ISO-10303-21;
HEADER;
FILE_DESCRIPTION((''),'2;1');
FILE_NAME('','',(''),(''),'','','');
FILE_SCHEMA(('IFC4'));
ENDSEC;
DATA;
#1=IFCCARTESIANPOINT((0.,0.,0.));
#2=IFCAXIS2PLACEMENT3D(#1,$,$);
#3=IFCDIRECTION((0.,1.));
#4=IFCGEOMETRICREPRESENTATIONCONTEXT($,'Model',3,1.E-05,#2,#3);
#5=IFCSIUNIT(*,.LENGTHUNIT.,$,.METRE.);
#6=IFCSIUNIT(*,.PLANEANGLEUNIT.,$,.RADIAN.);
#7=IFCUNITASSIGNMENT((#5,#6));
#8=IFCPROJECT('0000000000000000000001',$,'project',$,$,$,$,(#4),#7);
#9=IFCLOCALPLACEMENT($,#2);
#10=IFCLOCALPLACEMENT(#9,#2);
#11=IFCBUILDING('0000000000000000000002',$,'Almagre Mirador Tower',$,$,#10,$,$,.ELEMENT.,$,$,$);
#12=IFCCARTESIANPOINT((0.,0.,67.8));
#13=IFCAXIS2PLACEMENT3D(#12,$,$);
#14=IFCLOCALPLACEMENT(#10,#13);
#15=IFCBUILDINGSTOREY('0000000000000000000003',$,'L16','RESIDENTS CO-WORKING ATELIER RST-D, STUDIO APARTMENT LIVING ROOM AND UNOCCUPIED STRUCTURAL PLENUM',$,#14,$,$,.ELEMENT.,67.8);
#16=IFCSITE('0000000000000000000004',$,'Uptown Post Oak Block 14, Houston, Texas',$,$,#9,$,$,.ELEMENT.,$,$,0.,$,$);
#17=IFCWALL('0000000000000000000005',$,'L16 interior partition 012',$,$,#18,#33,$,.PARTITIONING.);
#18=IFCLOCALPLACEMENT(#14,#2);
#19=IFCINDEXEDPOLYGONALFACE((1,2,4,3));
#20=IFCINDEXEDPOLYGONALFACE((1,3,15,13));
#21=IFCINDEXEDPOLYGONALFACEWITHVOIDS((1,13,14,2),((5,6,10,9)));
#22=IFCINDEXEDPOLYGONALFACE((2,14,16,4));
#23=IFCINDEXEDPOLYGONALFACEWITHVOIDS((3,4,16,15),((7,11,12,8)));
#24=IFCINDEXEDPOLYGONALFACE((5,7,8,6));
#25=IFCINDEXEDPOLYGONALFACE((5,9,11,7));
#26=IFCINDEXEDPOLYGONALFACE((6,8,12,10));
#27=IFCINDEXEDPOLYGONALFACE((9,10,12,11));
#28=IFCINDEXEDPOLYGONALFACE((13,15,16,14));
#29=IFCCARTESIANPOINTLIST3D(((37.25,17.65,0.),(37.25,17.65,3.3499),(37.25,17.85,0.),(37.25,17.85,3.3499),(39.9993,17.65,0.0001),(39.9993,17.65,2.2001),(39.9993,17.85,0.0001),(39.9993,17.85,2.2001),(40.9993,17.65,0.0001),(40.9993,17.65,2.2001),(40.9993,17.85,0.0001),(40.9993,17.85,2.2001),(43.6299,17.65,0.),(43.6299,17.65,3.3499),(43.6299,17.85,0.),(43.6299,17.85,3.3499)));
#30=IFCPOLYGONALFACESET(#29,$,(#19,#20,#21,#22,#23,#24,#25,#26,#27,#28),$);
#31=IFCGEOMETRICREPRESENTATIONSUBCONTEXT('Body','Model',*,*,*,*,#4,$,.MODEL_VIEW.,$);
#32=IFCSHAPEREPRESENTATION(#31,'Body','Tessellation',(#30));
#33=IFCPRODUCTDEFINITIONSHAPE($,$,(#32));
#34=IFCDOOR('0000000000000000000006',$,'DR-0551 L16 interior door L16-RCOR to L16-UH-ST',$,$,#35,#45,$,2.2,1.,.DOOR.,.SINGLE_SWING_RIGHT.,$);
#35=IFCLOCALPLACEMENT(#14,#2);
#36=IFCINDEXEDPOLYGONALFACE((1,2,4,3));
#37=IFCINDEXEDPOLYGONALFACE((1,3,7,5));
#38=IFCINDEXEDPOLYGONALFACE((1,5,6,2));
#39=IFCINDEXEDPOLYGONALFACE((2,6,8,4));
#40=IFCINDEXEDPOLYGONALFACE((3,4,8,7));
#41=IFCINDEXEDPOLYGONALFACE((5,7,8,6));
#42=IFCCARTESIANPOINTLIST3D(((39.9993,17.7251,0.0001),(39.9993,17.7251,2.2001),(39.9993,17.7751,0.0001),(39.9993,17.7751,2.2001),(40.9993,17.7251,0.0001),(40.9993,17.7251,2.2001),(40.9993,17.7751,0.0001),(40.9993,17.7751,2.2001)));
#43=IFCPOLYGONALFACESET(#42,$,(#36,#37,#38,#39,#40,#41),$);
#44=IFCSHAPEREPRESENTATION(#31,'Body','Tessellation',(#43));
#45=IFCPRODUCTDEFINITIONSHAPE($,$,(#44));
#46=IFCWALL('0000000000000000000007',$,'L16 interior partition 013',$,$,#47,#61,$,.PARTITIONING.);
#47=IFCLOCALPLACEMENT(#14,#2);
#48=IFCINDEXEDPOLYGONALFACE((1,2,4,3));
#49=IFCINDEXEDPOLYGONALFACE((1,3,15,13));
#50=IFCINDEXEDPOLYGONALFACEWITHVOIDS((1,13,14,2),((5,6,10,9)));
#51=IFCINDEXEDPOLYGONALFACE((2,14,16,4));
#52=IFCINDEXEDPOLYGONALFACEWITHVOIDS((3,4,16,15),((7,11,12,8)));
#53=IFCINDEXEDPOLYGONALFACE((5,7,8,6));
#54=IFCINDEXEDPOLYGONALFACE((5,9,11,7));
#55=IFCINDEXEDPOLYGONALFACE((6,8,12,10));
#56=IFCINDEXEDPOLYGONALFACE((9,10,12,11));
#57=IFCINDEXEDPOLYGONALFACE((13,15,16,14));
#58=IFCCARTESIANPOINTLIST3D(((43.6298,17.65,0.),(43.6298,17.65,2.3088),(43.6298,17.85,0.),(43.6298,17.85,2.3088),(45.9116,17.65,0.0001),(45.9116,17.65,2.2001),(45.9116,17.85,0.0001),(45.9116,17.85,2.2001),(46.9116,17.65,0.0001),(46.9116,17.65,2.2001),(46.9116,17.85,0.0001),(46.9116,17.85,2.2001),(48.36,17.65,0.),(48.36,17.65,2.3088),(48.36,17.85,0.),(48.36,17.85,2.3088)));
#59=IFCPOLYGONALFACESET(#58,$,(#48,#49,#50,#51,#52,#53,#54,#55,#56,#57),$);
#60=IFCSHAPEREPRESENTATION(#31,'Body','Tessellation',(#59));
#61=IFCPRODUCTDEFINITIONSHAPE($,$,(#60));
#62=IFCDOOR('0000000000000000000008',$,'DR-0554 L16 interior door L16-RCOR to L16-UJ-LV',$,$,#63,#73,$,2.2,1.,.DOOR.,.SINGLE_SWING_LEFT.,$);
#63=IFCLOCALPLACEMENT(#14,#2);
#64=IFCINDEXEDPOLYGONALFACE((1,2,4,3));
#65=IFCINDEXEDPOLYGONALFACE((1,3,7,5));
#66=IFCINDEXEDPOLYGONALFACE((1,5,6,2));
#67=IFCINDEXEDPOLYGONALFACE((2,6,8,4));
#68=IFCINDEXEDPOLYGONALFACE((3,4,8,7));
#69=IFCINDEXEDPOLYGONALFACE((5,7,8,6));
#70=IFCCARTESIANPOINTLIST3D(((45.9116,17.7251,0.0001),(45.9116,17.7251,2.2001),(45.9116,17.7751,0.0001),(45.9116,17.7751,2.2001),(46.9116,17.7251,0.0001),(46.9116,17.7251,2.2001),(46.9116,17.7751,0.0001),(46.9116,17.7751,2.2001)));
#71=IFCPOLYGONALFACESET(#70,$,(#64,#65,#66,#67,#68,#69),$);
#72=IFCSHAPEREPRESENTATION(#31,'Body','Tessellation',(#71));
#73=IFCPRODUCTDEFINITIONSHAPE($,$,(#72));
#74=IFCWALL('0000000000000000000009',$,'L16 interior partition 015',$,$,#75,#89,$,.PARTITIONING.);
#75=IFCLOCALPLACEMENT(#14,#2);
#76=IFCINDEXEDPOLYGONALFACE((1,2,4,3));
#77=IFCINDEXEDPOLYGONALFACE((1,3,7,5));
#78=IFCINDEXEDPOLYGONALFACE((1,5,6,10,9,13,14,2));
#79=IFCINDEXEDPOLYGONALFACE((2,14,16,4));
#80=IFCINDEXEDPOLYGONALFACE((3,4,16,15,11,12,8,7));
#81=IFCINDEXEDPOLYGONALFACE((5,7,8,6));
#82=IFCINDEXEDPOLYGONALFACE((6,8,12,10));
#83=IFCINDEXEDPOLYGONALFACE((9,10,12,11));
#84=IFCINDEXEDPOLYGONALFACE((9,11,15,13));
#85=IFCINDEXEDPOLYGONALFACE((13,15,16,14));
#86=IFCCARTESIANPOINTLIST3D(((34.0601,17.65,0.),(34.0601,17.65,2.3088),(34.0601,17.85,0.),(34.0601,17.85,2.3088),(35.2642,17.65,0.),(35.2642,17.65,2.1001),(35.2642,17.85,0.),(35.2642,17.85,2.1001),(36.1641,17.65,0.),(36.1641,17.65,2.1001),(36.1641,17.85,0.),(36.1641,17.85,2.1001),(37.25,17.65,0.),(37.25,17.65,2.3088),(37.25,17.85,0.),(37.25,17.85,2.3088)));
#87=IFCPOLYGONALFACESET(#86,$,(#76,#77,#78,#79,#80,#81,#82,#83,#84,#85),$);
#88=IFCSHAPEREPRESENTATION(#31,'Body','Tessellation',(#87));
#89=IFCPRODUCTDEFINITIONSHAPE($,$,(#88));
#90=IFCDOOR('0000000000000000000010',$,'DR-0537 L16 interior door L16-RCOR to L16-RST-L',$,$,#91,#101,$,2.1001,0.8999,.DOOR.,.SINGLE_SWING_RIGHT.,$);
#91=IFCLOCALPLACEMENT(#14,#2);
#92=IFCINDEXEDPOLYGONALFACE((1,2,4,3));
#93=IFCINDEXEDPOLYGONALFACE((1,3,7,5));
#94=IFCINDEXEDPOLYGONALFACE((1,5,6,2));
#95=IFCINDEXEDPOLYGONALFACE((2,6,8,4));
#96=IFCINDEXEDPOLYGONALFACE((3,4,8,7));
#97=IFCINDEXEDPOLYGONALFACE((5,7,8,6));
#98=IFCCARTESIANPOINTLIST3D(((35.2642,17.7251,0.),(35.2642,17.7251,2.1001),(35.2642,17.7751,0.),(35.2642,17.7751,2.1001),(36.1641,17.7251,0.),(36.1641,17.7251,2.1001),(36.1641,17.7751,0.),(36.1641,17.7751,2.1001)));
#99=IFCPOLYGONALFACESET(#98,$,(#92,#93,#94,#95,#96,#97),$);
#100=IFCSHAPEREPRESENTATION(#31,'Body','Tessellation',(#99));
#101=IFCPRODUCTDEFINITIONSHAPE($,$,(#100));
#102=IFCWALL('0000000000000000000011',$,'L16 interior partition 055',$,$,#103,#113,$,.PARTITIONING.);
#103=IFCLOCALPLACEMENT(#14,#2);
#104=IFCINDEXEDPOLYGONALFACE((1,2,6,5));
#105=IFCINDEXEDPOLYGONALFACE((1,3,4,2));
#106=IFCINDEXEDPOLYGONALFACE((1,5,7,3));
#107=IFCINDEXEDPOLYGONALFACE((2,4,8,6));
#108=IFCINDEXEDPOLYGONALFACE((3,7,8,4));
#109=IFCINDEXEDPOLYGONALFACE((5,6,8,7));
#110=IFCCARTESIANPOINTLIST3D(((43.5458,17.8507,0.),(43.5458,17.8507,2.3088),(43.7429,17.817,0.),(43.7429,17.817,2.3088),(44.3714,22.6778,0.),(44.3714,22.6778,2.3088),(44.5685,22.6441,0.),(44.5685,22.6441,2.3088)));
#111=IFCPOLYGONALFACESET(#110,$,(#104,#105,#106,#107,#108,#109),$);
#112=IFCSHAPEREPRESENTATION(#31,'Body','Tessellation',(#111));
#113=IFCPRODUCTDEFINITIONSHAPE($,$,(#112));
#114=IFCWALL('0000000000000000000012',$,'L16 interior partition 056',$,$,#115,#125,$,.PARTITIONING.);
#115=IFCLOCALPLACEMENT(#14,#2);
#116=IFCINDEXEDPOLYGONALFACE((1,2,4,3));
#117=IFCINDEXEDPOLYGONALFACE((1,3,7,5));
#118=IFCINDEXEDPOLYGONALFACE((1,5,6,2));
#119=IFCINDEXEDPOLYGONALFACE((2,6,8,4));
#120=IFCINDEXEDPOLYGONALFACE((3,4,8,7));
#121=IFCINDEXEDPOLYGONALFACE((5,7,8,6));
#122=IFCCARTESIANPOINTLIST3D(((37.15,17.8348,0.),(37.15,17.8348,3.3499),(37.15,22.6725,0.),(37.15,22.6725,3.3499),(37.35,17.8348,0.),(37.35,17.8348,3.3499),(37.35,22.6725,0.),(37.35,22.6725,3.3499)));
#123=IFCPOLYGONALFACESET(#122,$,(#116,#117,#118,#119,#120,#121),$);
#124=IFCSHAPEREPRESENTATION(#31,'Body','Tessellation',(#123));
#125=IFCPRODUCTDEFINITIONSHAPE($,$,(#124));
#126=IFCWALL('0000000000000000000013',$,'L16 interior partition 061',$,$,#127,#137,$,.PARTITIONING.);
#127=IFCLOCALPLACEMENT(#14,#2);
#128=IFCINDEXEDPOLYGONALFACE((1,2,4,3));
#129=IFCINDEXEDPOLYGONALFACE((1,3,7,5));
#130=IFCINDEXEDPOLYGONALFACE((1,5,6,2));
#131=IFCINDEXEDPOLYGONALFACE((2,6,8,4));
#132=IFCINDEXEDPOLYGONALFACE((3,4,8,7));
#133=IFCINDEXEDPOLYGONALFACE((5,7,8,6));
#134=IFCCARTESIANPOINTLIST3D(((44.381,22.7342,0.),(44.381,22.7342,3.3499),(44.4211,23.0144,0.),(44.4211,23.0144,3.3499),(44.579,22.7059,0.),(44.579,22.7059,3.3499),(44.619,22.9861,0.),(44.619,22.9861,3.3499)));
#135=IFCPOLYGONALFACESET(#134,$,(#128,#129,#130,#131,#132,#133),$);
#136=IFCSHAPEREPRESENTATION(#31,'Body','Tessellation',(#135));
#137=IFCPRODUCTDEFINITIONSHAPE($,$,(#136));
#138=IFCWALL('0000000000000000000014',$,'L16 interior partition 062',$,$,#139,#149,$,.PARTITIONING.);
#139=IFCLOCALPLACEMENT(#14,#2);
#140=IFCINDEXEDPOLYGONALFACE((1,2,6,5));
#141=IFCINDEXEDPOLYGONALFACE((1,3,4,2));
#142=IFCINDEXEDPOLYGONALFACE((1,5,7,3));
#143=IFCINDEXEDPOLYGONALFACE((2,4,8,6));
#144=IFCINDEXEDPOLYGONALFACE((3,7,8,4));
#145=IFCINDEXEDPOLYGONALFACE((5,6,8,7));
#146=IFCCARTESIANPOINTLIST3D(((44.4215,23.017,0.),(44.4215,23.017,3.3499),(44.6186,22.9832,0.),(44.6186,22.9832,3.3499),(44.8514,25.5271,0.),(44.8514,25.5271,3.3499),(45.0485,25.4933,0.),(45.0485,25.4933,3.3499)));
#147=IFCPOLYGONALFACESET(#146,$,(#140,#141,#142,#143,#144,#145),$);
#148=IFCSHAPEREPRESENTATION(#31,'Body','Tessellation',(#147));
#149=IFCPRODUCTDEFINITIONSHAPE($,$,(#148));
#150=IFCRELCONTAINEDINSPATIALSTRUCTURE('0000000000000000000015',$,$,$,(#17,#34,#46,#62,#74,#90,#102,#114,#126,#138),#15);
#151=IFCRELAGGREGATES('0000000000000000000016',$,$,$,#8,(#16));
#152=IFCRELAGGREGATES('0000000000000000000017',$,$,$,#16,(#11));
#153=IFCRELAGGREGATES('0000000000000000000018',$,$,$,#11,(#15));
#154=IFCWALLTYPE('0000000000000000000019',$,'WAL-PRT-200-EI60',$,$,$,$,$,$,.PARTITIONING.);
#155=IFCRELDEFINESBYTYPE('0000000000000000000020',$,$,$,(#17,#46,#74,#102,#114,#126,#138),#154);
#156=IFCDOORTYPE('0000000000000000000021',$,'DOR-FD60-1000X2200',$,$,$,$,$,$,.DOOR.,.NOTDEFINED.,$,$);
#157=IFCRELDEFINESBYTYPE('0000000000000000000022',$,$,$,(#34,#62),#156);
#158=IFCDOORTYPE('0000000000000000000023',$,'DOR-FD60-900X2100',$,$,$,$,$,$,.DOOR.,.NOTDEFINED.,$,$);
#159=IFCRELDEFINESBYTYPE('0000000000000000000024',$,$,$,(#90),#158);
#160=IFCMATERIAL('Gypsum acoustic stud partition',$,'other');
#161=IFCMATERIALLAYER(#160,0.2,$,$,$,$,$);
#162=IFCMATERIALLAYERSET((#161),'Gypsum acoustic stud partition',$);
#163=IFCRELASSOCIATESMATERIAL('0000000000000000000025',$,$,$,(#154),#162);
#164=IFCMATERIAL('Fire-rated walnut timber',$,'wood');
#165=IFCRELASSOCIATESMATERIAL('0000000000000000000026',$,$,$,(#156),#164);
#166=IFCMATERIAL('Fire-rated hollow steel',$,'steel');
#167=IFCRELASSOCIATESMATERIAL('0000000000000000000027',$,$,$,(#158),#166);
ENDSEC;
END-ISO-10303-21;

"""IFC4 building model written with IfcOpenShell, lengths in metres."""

from ifc_helpers import new_model, si_unit, direction, frame, frame_2d, origin, place, context, subcontext, project, spatial, rectangle, extrude, material, layer, layer_set, type_object, element, fill, save


model = new_model("IFC4")

# Units and contexts
model_context = context("Model", 3, precision=1e-05, world=origin(), true_north=direction((0.0, 1.0)))
body_context = subcontext(model_context, "Body", "Model", "MODEL_VIEW")
ifc_project = project(units=[si_unit("LENGTHUNIT", "METRE"), si_unit("PLANEANGLEUNIT", "RADIAN")], contexts=[model_context])

# Site, building, storey
site_placement = place(None, origin())
site = spatial("IfcSite", under=ifc_project, at=site_placement, Name="Uptown Post Oak Block 14, Houston, Texas", CompositionType="ELEMENT", RefElevation=0.0)
building_placement = place(site_placement, origin())
building = spatial("IfcBuilding", under=site, at=building_placement, Name="Almagre Mirador Tower", CompositionType="ELEMENT")
storey_placement = place(building_placement, frame((0.0, 0.0, 67.8)))
storey = spatial("IfcBuildingStorey", under=building, at=storey_placement, Name="L16", Description="RESIDENTS CO-WORKING ATELIER RST-D, STUDIO APARTMENT LIVING ROOM AND UNOCCUPIED STRUCTURAL PLENUM", CompositionType="ELEMENT", Elevation=67.8)

# Walls, openings, doors
ifc_material_1 = material(Name="Gypsum acoustic stud partition", Category="other")
ifc_layer_1 = layer(ifc_material_1, 0.2)
ifc_layer_set_1 = layer_set([ifc_layer_1], Name="Gypsum acoustic stud partition")
wall_type_1 = type_object("IfcWallType", Name="WAL-PRT-200-EI60", PredefinedType="PARTITIONING", material=ifc_layer_set_1)
ifc_material_2 = material(Name="Fire-rated walnut timber", Category="wood")
door_type_1 = type_object("IfcDoorType", Name="DOR-FD60-1000X2200", OperationType="NOTDEFINED", PredefinedType="DOOR", material=ifc_material_2)
wall_1_placement = place(storey_placement, frame((43.6299, 17.75, 0.0), z_axis=(0.0, 0.0, 1.0), x_axis=(-1.0, 0.0, 0.0)))
wall_1 = element("IfcWall", 1, at=wall_1_placement, inside=storey, type_object=wall_type_1, Name="L16 interior partition 012", PredefinedType="PARTITIONING", context=body_context, shape_type="SweptSolid", body=[
    extrude(rectangle(XDim=6.3799, YDim=0.2, at=frame_2d((3.1899, 0.0))), origin(), (0.0, 0.0, 1.0), 3.3499),
])
opening_1_placement = place(wall_1_placement, frame((2.6306, 0.0, 0.0)))
opening_1 = element("IfcOpeningElement", 2, at=opening_1_placement, cuts=wall_1, PredefinedType="OPENING", context=body_context, shape_type="SweptSolid", body=[
    extrude(rectangle(XDim=1.0, YDim=2.2, at=frame_2d((0.5, 1.1001))), frame((0.0, 0.1101, 0.0), z_axis=(0.0, -1.0, 0.0), x_axis=(1.0, 0.0, 0.0)), (0.0, 0.0, 1.0), 0.22),
])
door_1_placement = place(opening_1_placement, origin())
door_1 = element("IfcDoor", 3, at=door_1_placement, inside=storey, type_object=door_type_1, Name="DR-0551 L16 interior door L16-RCOR to L16-UH-ST", OperationType="SINGLE_SWING_RIGHT", OverallHeight=2.2, OverallWidth=1.0, PredefinedType="DOOR", context=body_context, shape_type="SweptSolid", body=[
    extrude(rectangle(XDim=1.0, YDim=2.2, at=frame_2d((0.5, 1.1001))), frame((0.0, 0.0249, 0.0), z_axis=(0.0, -1.0, 0.0), x_axis=(1.0, 0.0, 0.0)), (0.0, 0.0, 1.0), 0.05),
])
fill(opening_1, door_1)
wall_2_placement = place(storey_placement, frame((48.3601, 17.75, 0.0), z_axis=(0.0, 0.0, 1.0), x_axis=(-1.0, 0.0, 0.0)))
wall_2 = element("IfcWall", 4, at=wall_2_placement, inside=storey, type_object=wall_type_1, Name="L16 interior partition 013", PredefinedType="PARTITIONING", context=body_context, shape_type="SweptSolid", body=[
    extrude(rectangle(XDim=4.7302, YDim=0.2, at=frame_2d((2.3652, 0.0))), origin(), (0.0, 0.0, 1.0), 2.3088),
])
opening_2_placement = place(wall_2_placement, frame((1.4485, 0.0, 0.0)))
opening_2 = element("IfcOpeningElement", 5, at=opening_2_placement, cuts=wall_2, PredefinedType="OPENING", context=body_context, shape_type="SweptSolid", body=[
    extrude(rectangle(XDim=1.0, YDim=2.2, at=frame_2d((0.5, 1.1001))), frame((0.0, 0.1101, 0.0), z_axis=(0.0, -1.0, 0.0), x_axis=(1.0, 0.0, 0.0)), (0.0, 0.0, 1.0), 0.22),
])
door_2_placement = place(opening_2_placement, origin())
door_2 = element("IfcDoor", 6, at=door_2_placement, inside=storey, type_object=door_type_1, Name="DR-0554 L16 interior door L16-RCOR to L16-UJ-LV", OperationType="SINGLE_SWING_LEFT", OverallHeight=2.2, OverallWidth=1.0, PredefinedType="DOOR", context=body_context, shape_type="SweptSolid", body=[
    extrude(rectangle(XDim=1.0, YDim=2.2, at=frame_2d((0.5, 1.1001))), frame((0.0, 0.0249, 0.0), z_axis=(0.0, -1.0, 0.0), x_axis=(1.0, 0.0, 0.0)), (0.0, 0.0, 1.0), 0.05),
])
fill(opening_2, door_2)
wall_3_placement = place(storey_placement, frame((37.25, 17.75, 0.0), z_axis=(0.0, 0.0, 1.0), x_axis=(-1.0, 0.0, 0.0)))
wall_3 = element("IfcWall", 7, at=wall_3_placement, inside=storey, type_object=wall_type_1, Name="L16 interior partition 015", PredefinedType="PARTITIONING", context=body_context, shape_type="SweptSolid", body=[
    extrude(rectangle(XDim=3.1899, YDim=0.2, at=frame_2d((1.595, 0.0))), origin(), (0.0, 0.0, 1.0), 2.3088),
])
opening_3_placement = place(wall_3_placement, frame((1.0859, 0.0, 0.0)))
opening_3 = element("IfcOpeningElement", 8, at=opening_3_placement, cuts=wall_3, PredefinedType="OPENING", context=body_context, shape_type="SweptSolid", body=[
    extrude(rectangle(XDim=0.8999, YDim=2.1001, at=frame_2d((0.45, 1.05))), frame((0.0, 0.1101, 0.0), z_axis=(0.0, -1.0, 0.0), x_axis=(1.0, 0.0, 0.0)), (0.0, 0.0, 1.0), 0.22),
])
ifc_material_3 = material(Name="Fire-rated hollow steel", Category="steel")
door_type_2 = type_object("IfcDoorType", Name="DOR-FD60-900X2100", OperationType="NOTDEFINED", PredefinedType="DOOR", material=ifc_material_3)
door_3_placement = place(opening_3_placement, origin())
door_3 = element("IfcDoor", 9, at=door_3_placement, inside=storey, type_object=door_type_2, Name="DR-0537 L16 interior door L16-RCOR to L16-RST-L", OperationType="SINGLE_SWING_RIGHT", OverallHeight=2.1001, OverallWidth=0.8999, PredefinedType="DOOR", context=body_context, shape_type="SweptSolid", body=[
    extrude(rectangle(XDim=0.8999, YDim=2.1001, at=frame_2d((0.45, 1.05))), frame((0.0, 0.0249, 0.0), z_axis=(0.0, -1.0, 0.0), x_axis=(1.0, 0.0, 0.0)), (0.0, 0.0, 1.0), 0.05),
])
fill(opening_3, door_3)

# Walls
wall_4_placement = place(storey_placement, frame((43.6443, 17.8337, 0.0), z_axis=(0.0, 0.0, 1.0), x_axis=(0.168601, 0.985684, 0.0)))
element("IfcWall", 10, at=wall_4_placement, inside=storey, type_object=wall_type_1, Name="L16 interior partition 055", PredefinedType="PARTITIONING", context=body_context, shape_type="SweptSolid", body=[
    extrude(rectangle(XDim=4.8972, YDim=0.2, at=frame_2d((2.4487, 0.0))), origin(), (0.0, 0.0, 1.0), 2.3088),
])
wall_5_placement = place(storey_placement, frame((37.25, 22.6726, 0.0), z_axis=(0.0, 0.0, 1.0), x_axis=(0.0, -1.0, 0.0)))
element("IfcWall", 11, at=wall_5_placement, inside=storey, type_object=wall_type_1, Name="L16 interior partition 056", PredefinedType="PARTITIONING", context=body_context, shape_type="SweptSolid", body=[
    extrude(rectangle(XDim=4.8376, YDim=0.2, at=frame_2d((2.4189, 0.0))), origin(), (0.0, 0.0, 1.0), 3.3499),
])
wall_6_placement = place(storey_placement, frame((44.48, 22.72, 0.0), z_axis=(0.0, 0.0, 1.0), x_axis=(0.141542, 0.989932, 0.0)))
element("IfcWall", 12, at=wall_6_placement, inside=storey, type_object=wall_type_1, Name="L16 interior partition 061", PredefinedType="PARTITIONING", context=body_context, shape_type="SweptSolid", body=[
    extrude(rectangle(XDim=0.283, YDim=0.2, at=frame_2d((0.1416, 0.0))), origin(), (0.0, 0.0, 1.0), 3.3499),
])
wall_7_placement = place(storey_placement, frame((44.52, 23.0, 0.0), z_axis=(0.0, 0.0, 1.0), x_axis=(0.168828, 0.985646, 0.0)))
element("IfcWall", 13, at=wall_7_placement, inside=storey, type_object=wall_type_1, Name="L16 interior partition 062", PredefinedType="PARTITIONING", context=body_context, shape_type="SweptSolid", body=[
    extrude(rectangle(XDim=2.5466, YDim=0.2, at=frame_2d((1.2734, 0.0))), origin(), (0.0, 0.0, 1.0), 3.3499),
])

save(model, "model.ifc")
